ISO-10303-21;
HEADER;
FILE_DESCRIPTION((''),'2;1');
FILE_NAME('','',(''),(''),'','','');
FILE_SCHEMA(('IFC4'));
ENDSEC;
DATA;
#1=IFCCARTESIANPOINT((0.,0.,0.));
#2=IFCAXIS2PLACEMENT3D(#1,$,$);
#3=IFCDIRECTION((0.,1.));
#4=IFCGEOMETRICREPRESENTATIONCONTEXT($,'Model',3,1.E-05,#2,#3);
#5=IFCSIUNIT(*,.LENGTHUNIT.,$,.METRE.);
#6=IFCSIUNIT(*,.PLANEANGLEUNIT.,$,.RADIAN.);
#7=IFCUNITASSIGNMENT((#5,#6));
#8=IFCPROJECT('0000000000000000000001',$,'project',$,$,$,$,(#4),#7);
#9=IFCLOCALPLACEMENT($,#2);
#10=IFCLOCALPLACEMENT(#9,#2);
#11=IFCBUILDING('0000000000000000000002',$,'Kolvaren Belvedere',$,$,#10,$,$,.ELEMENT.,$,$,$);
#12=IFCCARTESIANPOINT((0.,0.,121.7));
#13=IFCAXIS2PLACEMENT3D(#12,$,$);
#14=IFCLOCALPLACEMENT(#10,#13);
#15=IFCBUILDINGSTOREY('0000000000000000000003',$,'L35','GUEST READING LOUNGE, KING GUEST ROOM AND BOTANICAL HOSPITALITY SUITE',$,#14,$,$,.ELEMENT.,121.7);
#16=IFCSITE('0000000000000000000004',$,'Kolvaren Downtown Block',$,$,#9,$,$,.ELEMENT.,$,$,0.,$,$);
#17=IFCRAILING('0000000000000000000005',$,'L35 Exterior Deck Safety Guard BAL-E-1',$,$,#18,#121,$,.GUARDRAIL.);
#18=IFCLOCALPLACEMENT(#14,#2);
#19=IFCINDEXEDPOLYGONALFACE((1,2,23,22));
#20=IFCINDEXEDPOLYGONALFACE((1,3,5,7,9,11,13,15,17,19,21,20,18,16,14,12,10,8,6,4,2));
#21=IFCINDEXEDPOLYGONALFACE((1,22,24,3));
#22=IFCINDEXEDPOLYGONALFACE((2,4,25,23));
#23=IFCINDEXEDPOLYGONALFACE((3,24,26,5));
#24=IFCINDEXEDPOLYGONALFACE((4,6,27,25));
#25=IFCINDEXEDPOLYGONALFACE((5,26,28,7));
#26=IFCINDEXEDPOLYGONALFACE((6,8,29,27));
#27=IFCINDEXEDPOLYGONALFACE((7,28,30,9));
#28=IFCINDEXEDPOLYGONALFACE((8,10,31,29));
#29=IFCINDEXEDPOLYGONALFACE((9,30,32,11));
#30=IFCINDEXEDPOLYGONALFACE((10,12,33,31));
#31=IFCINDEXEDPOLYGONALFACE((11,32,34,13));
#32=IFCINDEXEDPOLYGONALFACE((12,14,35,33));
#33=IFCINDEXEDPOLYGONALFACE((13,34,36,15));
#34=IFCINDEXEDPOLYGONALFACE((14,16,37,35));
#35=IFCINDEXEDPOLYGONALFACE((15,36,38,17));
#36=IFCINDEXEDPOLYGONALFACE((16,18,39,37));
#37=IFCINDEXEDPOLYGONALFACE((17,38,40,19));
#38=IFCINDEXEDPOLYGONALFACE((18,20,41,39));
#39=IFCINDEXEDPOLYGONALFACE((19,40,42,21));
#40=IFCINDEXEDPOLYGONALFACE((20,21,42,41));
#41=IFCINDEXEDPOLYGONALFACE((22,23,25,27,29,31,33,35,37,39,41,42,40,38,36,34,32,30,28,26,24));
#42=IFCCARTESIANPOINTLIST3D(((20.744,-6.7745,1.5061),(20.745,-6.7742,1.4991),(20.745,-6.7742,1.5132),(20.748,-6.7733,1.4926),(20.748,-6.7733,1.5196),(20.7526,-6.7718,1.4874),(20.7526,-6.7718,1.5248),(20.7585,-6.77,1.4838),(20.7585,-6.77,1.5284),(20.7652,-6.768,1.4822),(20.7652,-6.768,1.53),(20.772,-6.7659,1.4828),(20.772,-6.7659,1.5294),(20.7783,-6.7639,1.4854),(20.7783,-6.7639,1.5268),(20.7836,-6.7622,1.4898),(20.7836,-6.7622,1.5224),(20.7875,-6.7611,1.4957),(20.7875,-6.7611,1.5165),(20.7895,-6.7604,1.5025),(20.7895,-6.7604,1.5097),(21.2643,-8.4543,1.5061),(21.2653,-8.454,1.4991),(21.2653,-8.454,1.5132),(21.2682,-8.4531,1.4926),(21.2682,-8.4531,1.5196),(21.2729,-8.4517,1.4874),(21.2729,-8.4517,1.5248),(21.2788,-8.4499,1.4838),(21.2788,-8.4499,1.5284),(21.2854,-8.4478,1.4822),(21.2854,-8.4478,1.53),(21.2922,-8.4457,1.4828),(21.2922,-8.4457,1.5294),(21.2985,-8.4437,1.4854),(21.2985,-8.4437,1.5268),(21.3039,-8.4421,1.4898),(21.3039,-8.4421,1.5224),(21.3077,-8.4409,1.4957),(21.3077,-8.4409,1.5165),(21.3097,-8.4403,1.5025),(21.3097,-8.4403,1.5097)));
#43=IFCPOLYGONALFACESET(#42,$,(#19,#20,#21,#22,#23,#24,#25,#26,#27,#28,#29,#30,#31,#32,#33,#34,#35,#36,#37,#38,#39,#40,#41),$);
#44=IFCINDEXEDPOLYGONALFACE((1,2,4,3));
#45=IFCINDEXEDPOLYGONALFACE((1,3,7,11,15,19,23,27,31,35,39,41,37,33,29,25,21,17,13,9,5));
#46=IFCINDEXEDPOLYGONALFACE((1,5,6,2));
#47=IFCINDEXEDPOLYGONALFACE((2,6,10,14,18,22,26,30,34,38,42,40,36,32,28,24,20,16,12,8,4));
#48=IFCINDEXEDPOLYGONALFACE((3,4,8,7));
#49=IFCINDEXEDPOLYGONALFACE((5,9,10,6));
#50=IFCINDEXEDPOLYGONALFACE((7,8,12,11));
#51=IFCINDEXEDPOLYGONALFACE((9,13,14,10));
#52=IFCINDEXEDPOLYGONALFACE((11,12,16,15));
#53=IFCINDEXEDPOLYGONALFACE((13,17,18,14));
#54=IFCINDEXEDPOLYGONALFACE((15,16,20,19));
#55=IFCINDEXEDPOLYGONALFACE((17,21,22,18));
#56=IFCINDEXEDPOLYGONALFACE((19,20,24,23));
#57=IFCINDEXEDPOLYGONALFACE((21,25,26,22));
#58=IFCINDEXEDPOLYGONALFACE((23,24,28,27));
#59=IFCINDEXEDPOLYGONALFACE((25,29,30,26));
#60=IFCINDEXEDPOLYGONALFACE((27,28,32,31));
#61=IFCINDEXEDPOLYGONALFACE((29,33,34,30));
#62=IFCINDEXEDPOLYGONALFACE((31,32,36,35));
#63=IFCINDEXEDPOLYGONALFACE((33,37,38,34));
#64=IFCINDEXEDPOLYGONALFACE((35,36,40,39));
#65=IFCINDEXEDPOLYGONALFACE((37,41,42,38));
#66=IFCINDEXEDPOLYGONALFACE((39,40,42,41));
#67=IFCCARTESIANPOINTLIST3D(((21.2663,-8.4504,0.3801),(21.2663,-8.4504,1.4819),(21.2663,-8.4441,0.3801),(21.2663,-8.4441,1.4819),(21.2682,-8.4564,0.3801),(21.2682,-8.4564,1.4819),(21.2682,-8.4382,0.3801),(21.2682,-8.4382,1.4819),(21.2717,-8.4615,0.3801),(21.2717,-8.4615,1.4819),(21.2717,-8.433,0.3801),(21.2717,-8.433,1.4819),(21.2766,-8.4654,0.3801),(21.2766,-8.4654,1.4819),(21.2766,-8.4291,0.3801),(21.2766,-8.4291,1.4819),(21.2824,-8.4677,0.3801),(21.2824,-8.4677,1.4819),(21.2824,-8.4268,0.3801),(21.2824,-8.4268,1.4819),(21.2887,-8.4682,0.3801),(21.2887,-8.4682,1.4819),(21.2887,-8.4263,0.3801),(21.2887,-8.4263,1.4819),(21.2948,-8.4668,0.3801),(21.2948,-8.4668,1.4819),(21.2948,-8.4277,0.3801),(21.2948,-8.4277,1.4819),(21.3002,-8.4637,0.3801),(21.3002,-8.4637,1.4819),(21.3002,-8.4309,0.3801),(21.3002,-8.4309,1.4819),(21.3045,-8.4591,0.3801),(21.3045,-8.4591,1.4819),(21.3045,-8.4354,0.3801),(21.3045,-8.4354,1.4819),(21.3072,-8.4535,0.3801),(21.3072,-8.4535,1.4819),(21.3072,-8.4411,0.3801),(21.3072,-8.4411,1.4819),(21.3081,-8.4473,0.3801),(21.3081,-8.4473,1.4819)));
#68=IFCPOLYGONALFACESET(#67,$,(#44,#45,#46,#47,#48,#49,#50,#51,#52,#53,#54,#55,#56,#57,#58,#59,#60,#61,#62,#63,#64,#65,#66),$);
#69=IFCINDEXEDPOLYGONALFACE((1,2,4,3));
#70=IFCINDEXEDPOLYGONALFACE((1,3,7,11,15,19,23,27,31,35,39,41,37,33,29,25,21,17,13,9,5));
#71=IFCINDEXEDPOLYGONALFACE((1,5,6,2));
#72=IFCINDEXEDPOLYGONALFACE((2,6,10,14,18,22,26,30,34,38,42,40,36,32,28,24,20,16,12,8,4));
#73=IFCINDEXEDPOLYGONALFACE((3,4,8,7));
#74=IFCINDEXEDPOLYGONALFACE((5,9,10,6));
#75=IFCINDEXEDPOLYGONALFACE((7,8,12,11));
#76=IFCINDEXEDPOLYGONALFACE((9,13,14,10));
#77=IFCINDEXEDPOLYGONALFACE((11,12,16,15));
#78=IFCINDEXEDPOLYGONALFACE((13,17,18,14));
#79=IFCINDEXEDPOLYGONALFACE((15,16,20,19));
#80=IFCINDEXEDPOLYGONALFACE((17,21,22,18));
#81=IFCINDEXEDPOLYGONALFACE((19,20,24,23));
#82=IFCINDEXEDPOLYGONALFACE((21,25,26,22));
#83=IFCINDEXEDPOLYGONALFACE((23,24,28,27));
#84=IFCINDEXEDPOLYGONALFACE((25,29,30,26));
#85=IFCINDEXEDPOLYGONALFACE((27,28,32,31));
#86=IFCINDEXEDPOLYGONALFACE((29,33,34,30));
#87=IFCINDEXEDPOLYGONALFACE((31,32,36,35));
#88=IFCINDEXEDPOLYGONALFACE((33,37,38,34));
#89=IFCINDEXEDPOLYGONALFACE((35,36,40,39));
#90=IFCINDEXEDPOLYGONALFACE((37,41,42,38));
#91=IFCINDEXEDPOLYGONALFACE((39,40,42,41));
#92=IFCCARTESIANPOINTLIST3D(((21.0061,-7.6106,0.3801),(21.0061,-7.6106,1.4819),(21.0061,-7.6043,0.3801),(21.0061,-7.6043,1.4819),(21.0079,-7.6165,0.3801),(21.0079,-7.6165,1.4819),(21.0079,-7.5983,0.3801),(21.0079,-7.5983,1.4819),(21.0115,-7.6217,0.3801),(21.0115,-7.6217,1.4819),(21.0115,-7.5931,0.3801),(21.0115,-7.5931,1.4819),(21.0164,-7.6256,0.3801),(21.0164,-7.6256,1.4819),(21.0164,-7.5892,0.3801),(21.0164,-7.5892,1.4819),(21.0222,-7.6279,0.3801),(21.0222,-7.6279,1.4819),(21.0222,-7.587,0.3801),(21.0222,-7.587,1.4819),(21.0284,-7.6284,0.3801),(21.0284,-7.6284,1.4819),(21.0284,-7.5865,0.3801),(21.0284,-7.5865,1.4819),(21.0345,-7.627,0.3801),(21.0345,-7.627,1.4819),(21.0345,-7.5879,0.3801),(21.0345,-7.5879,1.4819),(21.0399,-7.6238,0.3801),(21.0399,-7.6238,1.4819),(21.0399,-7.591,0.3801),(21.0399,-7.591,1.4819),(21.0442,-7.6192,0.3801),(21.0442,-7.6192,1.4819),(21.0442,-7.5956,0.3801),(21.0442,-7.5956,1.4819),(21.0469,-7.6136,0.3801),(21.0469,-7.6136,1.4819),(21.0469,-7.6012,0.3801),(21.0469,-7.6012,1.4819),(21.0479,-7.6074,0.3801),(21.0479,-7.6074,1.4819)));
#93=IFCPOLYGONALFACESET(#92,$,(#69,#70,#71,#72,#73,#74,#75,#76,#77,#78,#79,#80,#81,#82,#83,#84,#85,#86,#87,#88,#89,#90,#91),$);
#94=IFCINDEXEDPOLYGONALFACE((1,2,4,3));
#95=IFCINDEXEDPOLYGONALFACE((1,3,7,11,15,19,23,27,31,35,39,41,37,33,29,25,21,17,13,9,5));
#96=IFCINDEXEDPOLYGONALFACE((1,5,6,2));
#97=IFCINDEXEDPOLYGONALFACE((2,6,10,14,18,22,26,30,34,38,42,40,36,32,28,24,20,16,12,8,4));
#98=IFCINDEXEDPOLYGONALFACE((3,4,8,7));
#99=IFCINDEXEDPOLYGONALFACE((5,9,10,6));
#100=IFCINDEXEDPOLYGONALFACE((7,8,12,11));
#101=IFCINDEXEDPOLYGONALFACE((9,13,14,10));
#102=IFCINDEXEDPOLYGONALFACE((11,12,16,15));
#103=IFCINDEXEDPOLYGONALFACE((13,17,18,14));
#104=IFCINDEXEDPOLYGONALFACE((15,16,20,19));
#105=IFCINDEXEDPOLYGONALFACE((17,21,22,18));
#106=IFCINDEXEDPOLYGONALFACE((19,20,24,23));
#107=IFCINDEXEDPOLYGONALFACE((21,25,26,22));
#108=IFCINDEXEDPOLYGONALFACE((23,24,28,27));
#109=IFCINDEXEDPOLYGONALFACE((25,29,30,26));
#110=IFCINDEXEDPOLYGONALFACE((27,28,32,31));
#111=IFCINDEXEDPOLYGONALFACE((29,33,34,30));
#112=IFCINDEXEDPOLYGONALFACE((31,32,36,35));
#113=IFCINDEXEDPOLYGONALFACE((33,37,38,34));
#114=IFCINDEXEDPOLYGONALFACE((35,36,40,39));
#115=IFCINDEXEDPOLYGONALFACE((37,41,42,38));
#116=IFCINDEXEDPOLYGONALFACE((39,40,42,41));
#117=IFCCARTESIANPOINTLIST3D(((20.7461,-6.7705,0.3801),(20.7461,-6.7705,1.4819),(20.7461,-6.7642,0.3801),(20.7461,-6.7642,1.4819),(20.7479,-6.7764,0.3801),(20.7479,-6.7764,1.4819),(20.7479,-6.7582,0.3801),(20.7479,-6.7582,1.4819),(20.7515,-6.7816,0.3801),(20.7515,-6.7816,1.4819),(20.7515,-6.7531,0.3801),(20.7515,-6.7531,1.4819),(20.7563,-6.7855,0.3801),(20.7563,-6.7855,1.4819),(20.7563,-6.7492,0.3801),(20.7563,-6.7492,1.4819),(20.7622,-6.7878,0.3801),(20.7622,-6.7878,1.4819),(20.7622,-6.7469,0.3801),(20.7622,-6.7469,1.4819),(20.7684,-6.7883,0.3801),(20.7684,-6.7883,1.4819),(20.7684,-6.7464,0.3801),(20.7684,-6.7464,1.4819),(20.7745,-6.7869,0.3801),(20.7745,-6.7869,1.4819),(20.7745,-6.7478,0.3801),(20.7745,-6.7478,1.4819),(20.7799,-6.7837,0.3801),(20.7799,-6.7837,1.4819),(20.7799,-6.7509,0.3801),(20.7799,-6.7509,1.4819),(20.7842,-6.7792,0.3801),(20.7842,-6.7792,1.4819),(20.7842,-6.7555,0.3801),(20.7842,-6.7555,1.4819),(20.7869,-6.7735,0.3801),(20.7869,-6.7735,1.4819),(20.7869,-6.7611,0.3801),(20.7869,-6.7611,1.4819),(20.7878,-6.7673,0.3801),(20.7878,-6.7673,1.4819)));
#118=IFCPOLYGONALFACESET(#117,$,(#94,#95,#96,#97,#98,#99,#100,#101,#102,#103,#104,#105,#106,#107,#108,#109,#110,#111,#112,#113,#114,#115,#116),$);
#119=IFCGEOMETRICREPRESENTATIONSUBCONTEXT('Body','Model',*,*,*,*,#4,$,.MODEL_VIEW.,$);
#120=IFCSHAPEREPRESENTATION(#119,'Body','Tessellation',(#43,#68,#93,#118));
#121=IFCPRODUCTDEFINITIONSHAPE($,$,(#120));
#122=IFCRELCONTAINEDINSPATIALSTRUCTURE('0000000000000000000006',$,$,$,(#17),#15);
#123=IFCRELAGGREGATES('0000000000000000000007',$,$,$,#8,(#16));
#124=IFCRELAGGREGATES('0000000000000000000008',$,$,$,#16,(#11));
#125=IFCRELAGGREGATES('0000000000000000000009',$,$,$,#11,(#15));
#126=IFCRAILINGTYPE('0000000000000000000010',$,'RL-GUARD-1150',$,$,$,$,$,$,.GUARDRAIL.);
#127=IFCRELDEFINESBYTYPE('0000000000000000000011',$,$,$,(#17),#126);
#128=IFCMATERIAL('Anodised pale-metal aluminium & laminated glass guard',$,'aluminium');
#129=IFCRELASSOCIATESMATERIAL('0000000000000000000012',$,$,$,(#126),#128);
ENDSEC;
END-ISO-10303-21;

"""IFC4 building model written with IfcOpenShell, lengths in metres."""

from ifc_helpers import new_model, si_unit, direction, frame, origin, origin_2d, place, context, subcontext, project, spatial, circle, extrude, material, type_object, element, save


model = new_model("IFC4")

# Units and contexts
model_context = context("Model", 3, precision=1e-05, world=origin(), true_north=direction((0.0, 1.0)))
body_context = subcontext(model_context, "Body", "Model", "MODEL_VIEW")
ifc_project = project(units=[si_unit("LENGTHUNIT", "METRE"), si_unit("PLANEANGLEUNIT", "RADIAN")], contexts=[model_context])

# Site, building, storey
site_placement = place(None, origin())
site = spatial("IfcSite", under=ifc_project, at=site_placement, Name="Kolvaren Downtown Block", CompositionType="ELEMENT", RefElevation=0.0)
building_placement = place(site_placement, origin())
building = spatial("IfcBuilding", under=site, at=building_placement, Name="Kolvaren Belvedere", CompositionType="ELEMENT")
storey_placement = place(building_placement, frame((0.0, 0.0, 121.7)))
storey = spatial("IfcBuildingStorey", under=building, at=storey_placement, Name="L35", Description="GUEST READING LOUNGE, KING GUEST ROOM AND BOTANICAL HOSPITALITY SUITE", CompositionType="ELEMENT", Elevation=121.7)

# Railing
ifc_material_1 = material(Name="Anodised pale-metal aluminium & laminated glass guard", Category="aluminium")
railing_type = type_object("IfcRailingType", Name="RL-GUARD-1150", PredefinedType="GUARDRAIL", material=ifc_material_1)
railing_1_placement = place(storey_placement, frame((21.2871, -8.4473, 0.3801)))
element("IfcRailing", 1, at=railing_1_placement, inside=storey, type_object=railing_type, Name="L35 Exterior Deck Safety Guard BAL-E-1", PredefinedType="GUARDRAIL", context=body_context, shape_type="SweptSolid", body=[
    extrude(circle(Radius=0.0239, at=origin_2d()), frame((0.0, 0.0, 1.126), z_axis=(-0.295832, 0.95524, 0.0), x_axis=(-0.95524, -0.295832, 0.0)), (0.0, 0.0, 1.0), 1.7585),
    extrude(circle(Radius=0.021, at=origin_2d()), origin(), (0.0, 0.0, 1.0), 1.1018),
    extrude(circle(Radius=0.021, at=origin_2d()), frame((-0.2603, 0.8398, 0.0)), (0.0, 0.0, 1.0), 1.1018),
    extrude(circle(Radius=0.021, at=origin_2d()), frame((-0.5203, 1.6799, 0.0)), (0.0, 0.0, 1.0), 1.1018),
])

save(model, "model.ifc")
